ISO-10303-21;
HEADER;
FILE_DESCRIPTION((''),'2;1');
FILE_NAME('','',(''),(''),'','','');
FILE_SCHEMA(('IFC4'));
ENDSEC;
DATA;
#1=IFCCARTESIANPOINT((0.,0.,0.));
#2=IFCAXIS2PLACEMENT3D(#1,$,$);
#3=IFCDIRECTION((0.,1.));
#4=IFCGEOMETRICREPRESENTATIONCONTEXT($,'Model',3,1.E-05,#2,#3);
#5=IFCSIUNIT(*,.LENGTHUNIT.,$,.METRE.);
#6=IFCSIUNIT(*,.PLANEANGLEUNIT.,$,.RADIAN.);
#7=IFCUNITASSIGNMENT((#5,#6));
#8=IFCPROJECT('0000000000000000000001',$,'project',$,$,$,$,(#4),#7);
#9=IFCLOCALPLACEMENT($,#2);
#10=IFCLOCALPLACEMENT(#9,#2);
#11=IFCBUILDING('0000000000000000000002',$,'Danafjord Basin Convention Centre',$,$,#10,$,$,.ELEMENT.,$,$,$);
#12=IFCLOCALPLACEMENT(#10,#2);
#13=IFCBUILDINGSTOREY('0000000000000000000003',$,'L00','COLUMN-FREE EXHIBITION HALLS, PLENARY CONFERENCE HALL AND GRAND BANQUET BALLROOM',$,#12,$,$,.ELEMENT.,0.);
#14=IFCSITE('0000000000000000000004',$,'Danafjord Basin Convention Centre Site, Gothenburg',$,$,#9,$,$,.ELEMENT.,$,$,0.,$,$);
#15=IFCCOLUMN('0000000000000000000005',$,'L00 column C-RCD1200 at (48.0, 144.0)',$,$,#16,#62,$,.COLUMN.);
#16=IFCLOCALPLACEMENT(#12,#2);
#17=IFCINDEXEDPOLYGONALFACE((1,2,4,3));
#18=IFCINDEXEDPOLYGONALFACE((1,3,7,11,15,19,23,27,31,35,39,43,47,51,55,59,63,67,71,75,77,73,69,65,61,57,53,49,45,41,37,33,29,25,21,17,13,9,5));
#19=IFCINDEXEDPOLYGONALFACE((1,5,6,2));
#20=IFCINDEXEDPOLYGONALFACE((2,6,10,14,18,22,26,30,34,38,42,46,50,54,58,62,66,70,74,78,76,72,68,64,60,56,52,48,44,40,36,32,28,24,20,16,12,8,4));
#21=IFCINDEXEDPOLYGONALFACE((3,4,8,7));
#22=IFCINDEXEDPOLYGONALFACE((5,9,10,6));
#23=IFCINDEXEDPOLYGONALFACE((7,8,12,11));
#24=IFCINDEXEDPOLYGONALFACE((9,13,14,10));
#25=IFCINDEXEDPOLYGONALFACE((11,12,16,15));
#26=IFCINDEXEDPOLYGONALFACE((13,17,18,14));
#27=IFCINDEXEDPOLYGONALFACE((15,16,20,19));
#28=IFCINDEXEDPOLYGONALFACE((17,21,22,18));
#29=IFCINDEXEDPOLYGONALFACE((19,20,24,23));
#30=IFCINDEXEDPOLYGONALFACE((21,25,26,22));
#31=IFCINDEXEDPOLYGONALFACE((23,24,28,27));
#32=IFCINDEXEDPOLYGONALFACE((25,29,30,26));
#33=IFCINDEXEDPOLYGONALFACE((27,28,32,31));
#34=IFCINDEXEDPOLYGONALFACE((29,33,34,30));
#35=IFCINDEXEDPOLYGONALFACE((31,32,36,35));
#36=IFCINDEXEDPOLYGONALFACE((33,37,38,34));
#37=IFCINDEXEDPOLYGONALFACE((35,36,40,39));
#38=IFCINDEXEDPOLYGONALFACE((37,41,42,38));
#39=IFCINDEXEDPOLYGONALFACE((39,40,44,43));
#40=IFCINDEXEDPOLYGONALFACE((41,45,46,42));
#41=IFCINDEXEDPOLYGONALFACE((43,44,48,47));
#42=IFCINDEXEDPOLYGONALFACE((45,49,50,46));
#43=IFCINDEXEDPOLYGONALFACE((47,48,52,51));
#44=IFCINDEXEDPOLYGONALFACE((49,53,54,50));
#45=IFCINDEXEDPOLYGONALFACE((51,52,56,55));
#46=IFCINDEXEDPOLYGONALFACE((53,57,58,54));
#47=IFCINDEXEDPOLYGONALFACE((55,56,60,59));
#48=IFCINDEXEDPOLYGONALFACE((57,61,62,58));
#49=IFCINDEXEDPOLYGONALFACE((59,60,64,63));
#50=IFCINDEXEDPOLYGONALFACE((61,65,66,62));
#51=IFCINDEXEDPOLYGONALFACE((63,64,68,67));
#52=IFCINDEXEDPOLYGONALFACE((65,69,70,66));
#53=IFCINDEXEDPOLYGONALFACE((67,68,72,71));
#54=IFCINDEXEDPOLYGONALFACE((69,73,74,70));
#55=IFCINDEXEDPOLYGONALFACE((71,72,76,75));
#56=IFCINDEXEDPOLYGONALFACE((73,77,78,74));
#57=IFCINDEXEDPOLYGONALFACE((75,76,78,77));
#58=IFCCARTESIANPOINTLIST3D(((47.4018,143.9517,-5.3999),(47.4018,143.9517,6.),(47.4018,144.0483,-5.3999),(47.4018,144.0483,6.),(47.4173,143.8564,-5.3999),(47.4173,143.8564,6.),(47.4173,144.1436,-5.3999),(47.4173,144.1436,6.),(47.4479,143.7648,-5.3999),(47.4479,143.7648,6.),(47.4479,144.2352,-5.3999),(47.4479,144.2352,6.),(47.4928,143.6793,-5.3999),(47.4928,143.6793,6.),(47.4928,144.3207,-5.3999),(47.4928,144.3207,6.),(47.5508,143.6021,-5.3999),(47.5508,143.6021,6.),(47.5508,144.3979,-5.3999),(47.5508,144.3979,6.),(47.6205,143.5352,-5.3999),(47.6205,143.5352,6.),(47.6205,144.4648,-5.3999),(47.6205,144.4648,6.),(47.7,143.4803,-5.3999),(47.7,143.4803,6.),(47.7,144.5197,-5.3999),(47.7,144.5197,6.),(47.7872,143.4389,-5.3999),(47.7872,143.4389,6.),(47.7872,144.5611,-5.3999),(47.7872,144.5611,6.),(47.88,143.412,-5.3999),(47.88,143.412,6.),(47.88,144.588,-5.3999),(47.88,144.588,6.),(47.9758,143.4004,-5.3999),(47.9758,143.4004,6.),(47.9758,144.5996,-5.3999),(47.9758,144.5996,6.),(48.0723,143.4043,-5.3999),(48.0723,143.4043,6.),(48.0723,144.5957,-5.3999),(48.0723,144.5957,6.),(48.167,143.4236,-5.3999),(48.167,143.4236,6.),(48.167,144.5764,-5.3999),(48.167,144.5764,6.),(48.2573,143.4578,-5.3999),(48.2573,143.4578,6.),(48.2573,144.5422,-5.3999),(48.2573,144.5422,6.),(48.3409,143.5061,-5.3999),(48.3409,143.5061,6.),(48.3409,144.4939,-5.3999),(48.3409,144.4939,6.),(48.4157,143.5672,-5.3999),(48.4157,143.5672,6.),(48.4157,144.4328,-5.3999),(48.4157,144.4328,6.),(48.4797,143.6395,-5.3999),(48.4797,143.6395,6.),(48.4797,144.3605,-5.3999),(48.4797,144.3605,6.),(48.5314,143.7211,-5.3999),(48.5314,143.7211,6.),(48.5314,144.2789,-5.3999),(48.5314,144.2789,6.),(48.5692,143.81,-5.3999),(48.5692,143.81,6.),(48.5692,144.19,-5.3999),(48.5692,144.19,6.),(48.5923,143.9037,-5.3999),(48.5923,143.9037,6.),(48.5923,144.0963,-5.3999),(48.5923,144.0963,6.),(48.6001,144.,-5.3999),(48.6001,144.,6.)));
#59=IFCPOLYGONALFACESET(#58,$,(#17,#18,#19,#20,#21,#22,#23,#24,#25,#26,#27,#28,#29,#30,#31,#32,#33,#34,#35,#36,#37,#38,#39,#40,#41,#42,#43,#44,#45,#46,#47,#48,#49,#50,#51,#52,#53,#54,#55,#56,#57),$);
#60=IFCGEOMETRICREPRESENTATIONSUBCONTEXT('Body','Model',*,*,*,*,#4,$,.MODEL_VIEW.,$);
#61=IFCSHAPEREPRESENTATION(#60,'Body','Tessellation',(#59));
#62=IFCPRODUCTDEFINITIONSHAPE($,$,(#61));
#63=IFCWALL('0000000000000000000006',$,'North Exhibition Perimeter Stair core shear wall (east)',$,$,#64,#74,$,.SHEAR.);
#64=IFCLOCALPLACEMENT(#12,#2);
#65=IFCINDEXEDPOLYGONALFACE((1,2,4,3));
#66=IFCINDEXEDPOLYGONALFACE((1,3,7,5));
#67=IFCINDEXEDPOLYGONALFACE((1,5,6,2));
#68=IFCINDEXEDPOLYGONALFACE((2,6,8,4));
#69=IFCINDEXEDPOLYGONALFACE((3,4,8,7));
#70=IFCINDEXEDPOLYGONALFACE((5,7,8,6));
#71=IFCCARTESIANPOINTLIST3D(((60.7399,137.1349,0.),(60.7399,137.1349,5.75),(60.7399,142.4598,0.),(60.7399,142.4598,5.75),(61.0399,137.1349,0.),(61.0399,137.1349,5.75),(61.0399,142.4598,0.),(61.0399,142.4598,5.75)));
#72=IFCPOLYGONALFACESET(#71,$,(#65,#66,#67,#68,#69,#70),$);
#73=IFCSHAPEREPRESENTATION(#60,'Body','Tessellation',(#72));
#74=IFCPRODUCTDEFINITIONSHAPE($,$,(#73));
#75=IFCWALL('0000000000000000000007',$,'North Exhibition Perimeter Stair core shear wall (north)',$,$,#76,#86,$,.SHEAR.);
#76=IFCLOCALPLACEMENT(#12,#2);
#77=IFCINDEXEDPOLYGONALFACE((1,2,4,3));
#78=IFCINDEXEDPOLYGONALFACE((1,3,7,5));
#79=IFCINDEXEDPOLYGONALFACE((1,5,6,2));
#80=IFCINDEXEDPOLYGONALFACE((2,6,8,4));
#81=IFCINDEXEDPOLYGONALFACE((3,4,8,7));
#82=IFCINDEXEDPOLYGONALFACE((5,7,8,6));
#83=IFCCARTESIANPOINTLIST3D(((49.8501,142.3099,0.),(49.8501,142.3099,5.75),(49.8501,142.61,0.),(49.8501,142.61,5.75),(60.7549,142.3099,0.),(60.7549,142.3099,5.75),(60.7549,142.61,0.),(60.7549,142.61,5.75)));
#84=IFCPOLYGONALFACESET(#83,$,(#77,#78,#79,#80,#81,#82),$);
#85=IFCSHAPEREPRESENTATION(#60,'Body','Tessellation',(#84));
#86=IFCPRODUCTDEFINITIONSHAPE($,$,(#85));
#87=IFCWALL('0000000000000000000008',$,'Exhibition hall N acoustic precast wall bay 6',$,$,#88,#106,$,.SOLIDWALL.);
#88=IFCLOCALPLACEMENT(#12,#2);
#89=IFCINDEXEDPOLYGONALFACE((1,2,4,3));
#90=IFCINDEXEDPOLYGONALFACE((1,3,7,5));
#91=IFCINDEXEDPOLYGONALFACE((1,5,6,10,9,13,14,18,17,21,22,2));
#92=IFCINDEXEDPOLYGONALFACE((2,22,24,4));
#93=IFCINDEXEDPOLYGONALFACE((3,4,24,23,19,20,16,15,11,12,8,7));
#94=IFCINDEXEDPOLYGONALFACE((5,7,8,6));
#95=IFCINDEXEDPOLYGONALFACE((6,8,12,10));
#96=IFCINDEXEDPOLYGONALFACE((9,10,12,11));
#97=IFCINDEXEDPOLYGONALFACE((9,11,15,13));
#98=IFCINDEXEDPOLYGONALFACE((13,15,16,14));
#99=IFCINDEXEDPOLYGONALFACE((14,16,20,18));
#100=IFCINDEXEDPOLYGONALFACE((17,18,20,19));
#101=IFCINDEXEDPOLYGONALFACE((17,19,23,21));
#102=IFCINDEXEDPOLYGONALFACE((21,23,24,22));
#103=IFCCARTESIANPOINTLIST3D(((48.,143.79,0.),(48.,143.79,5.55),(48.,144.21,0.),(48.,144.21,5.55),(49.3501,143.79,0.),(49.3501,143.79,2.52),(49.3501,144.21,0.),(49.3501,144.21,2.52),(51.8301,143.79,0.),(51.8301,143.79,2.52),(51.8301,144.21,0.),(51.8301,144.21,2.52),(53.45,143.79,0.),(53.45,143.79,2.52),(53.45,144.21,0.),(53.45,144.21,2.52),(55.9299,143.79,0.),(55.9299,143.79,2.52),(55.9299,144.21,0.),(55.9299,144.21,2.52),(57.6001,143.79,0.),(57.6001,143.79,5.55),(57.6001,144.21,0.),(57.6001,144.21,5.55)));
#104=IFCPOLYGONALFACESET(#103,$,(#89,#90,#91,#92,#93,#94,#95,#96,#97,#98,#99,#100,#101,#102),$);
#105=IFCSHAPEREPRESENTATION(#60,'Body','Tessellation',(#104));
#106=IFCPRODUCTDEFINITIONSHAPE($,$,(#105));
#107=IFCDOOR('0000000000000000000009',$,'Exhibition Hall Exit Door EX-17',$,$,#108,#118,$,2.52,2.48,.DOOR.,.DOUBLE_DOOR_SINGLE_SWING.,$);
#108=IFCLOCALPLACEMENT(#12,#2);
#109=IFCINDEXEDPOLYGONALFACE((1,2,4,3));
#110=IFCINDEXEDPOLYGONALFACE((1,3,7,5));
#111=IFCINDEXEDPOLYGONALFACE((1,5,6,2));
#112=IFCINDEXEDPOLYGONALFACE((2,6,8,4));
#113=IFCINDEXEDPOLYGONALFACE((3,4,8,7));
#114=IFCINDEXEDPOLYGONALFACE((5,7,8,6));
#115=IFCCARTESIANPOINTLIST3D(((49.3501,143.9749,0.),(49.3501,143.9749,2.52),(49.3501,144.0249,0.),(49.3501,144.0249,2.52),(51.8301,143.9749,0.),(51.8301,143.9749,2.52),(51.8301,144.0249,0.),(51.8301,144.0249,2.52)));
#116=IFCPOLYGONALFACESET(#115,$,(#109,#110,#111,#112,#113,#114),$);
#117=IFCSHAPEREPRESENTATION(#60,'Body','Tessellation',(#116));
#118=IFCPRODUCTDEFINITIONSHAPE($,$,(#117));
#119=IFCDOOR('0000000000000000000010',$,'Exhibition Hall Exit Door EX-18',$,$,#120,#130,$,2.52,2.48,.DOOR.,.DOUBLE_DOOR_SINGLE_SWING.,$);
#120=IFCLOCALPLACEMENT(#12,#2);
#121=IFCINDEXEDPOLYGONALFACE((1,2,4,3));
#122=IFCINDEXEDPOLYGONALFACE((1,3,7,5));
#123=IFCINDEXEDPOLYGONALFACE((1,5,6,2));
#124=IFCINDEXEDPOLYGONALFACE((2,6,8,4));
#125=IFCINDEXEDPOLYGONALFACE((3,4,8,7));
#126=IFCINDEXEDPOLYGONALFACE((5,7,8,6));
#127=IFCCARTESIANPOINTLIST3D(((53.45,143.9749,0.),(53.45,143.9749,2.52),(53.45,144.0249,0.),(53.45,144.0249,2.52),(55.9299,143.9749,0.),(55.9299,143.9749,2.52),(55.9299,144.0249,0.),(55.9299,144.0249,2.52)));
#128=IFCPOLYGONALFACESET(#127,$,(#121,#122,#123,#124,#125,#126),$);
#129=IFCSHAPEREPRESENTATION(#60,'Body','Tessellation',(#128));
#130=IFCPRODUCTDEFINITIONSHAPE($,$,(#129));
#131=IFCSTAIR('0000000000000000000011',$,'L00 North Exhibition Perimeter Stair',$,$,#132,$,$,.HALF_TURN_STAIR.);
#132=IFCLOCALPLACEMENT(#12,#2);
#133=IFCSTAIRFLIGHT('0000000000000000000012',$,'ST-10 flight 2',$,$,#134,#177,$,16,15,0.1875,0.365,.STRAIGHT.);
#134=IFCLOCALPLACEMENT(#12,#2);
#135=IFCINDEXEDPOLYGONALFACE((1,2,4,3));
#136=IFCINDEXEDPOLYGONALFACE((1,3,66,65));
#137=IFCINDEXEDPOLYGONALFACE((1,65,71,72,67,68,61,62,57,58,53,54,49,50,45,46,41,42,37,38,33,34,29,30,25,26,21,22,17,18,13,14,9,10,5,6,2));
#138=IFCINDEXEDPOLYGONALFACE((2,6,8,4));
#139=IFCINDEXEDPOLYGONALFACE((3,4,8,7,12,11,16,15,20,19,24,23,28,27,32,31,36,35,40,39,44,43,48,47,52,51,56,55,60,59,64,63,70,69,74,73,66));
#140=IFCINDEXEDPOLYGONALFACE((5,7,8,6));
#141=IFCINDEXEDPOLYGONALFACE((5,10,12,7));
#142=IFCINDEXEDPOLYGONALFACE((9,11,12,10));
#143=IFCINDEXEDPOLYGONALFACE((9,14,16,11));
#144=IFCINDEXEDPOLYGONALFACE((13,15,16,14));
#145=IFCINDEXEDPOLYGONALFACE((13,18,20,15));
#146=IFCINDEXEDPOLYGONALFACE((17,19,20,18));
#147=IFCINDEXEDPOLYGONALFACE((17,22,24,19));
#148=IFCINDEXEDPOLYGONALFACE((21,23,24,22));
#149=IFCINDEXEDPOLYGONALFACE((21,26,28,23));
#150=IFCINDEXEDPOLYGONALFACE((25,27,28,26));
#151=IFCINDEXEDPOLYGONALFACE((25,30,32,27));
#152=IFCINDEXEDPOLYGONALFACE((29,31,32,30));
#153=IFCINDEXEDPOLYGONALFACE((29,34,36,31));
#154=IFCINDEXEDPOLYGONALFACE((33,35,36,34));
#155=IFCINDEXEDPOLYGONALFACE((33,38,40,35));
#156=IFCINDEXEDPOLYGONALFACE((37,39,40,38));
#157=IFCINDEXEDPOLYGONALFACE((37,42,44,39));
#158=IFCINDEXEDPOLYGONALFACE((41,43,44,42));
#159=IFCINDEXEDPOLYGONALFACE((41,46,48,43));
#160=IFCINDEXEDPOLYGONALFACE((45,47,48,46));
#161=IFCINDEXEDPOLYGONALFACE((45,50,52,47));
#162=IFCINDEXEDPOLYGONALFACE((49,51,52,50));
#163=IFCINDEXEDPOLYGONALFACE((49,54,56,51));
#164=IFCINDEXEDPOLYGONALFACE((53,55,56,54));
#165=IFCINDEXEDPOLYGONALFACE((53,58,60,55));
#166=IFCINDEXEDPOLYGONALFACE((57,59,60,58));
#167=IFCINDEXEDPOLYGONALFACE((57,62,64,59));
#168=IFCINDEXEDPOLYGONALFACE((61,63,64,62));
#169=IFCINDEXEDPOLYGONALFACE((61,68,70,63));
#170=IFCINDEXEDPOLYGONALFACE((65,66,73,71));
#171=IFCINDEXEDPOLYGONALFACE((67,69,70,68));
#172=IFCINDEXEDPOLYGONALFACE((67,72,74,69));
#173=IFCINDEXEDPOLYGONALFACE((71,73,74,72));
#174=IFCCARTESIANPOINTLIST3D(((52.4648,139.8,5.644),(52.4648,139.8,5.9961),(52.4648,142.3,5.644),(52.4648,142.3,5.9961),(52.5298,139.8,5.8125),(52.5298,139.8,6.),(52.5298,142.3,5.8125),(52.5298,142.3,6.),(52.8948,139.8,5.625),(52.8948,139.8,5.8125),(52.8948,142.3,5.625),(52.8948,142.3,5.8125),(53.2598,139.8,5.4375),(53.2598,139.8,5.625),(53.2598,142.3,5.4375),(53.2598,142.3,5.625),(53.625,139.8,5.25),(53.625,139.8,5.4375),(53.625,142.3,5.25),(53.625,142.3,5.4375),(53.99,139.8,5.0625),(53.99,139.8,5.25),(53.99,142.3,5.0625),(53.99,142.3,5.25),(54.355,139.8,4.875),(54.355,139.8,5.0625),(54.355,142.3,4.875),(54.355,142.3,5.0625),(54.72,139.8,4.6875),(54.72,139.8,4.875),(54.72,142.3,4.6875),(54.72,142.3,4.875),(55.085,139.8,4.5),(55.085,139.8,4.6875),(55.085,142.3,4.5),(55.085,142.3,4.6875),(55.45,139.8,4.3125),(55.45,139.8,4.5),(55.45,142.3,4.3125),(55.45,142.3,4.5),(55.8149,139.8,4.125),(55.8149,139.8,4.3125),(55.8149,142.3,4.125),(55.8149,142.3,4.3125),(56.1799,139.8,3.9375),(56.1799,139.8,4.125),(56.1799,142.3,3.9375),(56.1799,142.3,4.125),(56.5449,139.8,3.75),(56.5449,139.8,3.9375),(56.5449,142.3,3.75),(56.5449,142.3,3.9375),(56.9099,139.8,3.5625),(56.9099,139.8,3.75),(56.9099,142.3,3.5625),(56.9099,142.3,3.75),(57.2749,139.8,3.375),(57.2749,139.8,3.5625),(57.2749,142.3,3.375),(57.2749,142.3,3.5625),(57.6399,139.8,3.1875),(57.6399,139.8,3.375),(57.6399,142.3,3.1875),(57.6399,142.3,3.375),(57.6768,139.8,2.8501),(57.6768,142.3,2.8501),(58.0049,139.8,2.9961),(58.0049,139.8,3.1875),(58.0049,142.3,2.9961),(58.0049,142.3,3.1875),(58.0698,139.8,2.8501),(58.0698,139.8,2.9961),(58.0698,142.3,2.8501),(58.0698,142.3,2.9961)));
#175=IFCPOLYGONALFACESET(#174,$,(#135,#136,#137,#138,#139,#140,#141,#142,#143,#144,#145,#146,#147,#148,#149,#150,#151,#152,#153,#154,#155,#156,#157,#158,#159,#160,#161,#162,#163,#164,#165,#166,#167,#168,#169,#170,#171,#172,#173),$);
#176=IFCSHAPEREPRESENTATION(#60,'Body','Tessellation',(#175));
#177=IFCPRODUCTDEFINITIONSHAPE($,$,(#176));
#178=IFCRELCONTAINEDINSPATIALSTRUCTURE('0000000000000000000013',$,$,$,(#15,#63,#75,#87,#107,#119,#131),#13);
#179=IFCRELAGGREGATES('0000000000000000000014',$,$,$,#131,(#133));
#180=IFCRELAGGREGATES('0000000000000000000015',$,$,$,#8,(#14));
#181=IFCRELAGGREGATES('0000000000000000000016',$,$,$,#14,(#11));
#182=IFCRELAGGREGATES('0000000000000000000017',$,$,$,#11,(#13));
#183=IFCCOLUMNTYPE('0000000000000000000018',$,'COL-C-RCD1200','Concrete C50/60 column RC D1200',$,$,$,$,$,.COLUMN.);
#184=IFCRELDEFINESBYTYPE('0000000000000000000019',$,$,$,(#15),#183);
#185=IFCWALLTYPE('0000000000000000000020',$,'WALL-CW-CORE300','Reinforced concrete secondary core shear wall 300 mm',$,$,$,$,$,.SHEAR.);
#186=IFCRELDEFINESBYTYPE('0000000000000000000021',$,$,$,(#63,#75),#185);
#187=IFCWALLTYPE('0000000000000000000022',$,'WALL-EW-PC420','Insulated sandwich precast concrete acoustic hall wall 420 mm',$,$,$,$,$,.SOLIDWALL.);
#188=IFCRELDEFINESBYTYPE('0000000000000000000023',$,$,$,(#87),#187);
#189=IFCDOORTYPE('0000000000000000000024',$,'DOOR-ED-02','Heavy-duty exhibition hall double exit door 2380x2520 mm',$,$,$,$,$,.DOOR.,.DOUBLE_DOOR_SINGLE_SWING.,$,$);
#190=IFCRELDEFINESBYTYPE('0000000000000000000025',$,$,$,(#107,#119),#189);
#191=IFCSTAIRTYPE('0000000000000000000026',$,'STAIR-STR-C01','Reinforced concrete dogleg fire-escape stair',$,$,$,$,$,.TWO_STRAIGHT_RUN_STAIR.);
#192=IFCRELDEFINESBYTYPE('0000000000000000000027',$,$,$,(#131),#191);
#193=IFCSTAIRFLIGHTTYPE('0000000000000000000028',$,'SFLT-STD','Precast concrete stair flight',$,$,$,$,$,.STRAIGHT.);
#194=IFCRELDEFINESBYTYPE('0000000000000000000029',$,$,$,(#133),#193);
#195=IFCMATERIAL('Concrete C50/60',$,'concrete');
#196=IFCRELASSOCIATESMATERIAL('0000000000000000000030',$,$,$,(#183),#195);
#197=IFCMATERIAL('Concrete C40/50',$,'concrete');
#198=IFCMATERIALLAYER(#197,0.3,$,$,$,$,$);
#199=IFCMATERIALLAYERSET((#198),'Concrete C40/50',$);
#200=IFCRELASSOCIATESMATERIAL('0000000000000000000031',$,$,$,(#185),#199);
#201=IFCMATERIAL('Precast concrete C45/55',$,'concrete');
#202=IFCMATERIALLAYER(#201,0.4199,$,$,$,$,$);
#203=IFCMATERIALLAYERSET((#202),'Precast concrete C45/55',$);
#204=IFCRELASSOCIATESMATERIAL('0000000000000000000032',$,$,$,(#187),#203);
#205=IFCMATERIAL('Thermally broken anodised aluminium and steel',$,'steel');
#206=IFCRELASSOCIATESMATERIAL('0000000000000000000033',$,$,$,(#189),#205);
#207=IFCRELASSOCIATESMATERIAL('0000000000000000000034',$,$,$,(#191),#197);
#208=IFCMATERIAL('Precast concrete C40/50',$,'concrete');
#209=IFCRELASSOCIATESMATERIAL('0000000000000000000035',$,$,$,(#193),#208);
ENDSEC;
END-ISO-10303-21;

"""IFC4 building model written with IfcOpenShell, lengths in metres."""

from ifc_helpers import new_model, si_unit, direction, frame, frame_2d, origin, origin_2d, place, context, subcontext, project, spatial, polyline, rectangle, circle, outline, extrude, material, layer, layer_set, material_profile, profile_set, type_object, element, fill, aggregate, save


model = new_model("IFC4")

# Units and contexts
model_context = context("Model", 3, precision=1e-05, world=origin(), true_north=direction((0.0, 1.0)))
body_context = subcontext(model_context, "Body", "Model", "MODEL_VIEW")
ifc_project = project(units=[si_unit("LENGTHUNIT", "METRE"), si_unit("PLANEANGLEUNIT", "RADIAN")], contexts=[model_context])

# Site, building, storey
site_placement = place(None, origin())
site = spatial("IfcSite", under=ifc_project, at=site_placement, Name="Danafjord Basin Convention Centre Site, Gothenburg", CompositionType="ELEMENT", RefElevation=0.0)
building_placement = place(site_placement, origin())
building = spatial("IfcBuilding", under=site, at=building_placement, Name="Danafjord Basin Convention Centre", CompositionType="ELEMENT")
storey_placement = place(building_placement, origin())
storey = spatial("IfcBuildingStorey", under=building, at=storey_placement, Name="L00", Description="COLUMN-FREE EXHIBITION HALLS, PLENARY CONFERENCE HALL AND GRAND BANQUET BALLROOM", CompositionType="ELEMENT", Elevation=0.0)

# Shared definitions
ifc_material_1 = material(Name="Concrete C40/50", Category="concrete")

# Column
ifc_material_2 = material(Name="Concrete C50/60", Category="concrete")
ifc_material_profile_1 = material_profile(ifc_material_2, circle(Radius=0.6001, at=origin_2d()), Name="RC D1200")
ifc_profile_set_1 = profile_set([ifc_material_profile_1], Name="Concrete C50/60")
column_type = type_object("IfcColumnType", Name="COL-C-RCD1200", Description="Concrete C50/60 column RC D1200", PredefinedType="COLUMN", material=ifc_profile_set_1)
column_placement = place(storey_placement, frame((48.0, 144.0, -5.3999), z_axis=(0.0, 0.0, 1.0), x_axis=(1.0, 0.0, 0.0)))
element("IfcColumn", 1, at=column_placement, inside=storey, type_object=column_type, Name="L00 column C-RCD1200 at (48.0, 144.0)", PredefinedType="COLUMN", context=body_context, shape_type="SweptSolid", body=[
    extrude(circle(Radius=0.6001, at=origin_2d()), origin(), (0.0, 0.0, 1.0), 11.3999),
])

# Walls
ifc_layer_1 = layer(ifc_material_1, 0.3)
ifc_layer_set_1 = layer_set([ifc_layer_1], Name="Concrete C40/50")
wall_type_1 = type_object("IfcWallType", Name="WALL-CW-CORE300", Description="Reinforced concrete secondary core shear wall 300 mm", PredefinedType="SHEAR", material=ifc_layer_set_1)
wall_1_placement = place(storey_placement, frame((60.8899, 142.46, 0.0), z_axis=(0.0, 0.0, 1.0), x_axis=(0.0, -1.0, 0.0)))
element("IfcWall", 2, at=wall_1_placement, inside=storey, type_object=wall_type_1, Name="North Exhibition Perimeter Stair core shear wall (east)", PredefinedType="SHEAR", context=body_context, shape_type="SweptSolid", body=[
    extrude(rectangle(XDim=5.325, YDim=0.3, at=frame_2d((2.6626, 0.0))), origin(), (0.0, 0.0, 1.0), 5.75),
])
wall_2_placement = place(storey_placement, frame((49.8501, 142.46, 0.0), z_axis=(0.0, 0.0, 1.0), x_axis=(1.0, 0.0, 0.0)))
element("IfcWall", 3, at=wall_2_placement, inside=storey, type_object=wall_type_1, Name="North Exhibition Perimeter Stair core shear wall (north)", PredefinedType="SHEAR", context=body_context, shape_type="SweptSolid", body=[
    extrude(rectangle(XDim=10.9048, YDim=0.3, at=frame_2d((5.4524, 0.0))), origin(), (0.0, 0.0, 1.0), 5.75),
])

# Wall, openings, doors
ifc_material_3 = material(Name="Precast concrete C45/55", Category="concrete")
ifc_layer_2 = layer(ifc_material_3, 0.4199)
ifc_layer_set_2 = layer_set([ifc_layer_2], Name="Precast concrete C45/55")
wall_type_2 = type_object("IfcWallType", Name="WALL-EW-PC420", Description="Insulated sandwich precast concrete acoustic hall wall 420 mm", PredefinedType="SOLIDWALL", material=ifc_layer_set_2)
wall_3_placement = place(storey_placement, frame((48.0, 144.0, 0.0), z_axis=(0.0, 0.0, 1.0), x_axis=(1.0, 0.0, 0.0)))
wall_3 = element("IfcWall", 4, at=wall_3_placement, inside=storey, type_object=wall_type_2, Name="Exhibition hall N acoustic precast wall bay 6", PredefinedType="SOLIDWALL", context=body_context, shape_type="SweptSolid", body=[
    extrude(rectangle(XDim=9.6001, YDim=0.4199, at=frame_2d((4.8, 0.0))), origin(), (0.0, 0.0, 1.0), 5.55),
])
opening_1_placement = place(wall_3_placement, frame((1.3501, 0.0, 0.0)))
opening_1 = element("IfcOpeningElement", 5, at=opening_1_placement, cuts=wall_3, PredefinedType="OPENING", context=body_context, shape_type="SweptSolid", body=[
    extrude(rectangle(XDim=2.48, YDim=2.52, at=frame_2d((1.24, 1.26))), frame((0.0, 0.22, 0.0), z_axis=(0.0, -1.0, 0.0), x_axis=(1.0, 0.0, 0.0)), (0.0, 0.0, 1.0), 0.4399),
])
opening_2_placement = place(wall_3_placement, frame((5.45, 0.0, 0.0)))
opening_2 = element("IfcOpeningElement", 6, at=opening_2_placement, cuts=wall_3, PredefinedType="OPENING", context=body_context, shape_type="SweptSolid", body=[
    extrude(rectangle(XDim=2.48, YDim=2.52, at=frame_2d((1.24, 1.26))), frame((0.0, 0.22, 0.0), z_axis=(0.0, -1.0, 0.0), x_axis=(1.0, 0.0, 0.0)), (0.0, 0.0, 1.0), 0.4399),
])
ifc_material_4 = material(Name="Thermally broken anodised aluminium and steel", Category="steel")
door_type = type_object("IfcDoorType", Name="DOOR-ED-02", Description="Heavy-duty exhibition hall double exit door 2380x2520 mm", OperationType="DOUBLE_DOOR_SINGLE_SWING", PredefinedType="DOOR", material=ifc_material_4)
door_1_placement = place(opening_1_placement, origin())
door_1 = element("IfcDoor", 7, at=door_1_placement, inside=storey, type_object=door_type, Name="Exhibition Hall Exit Door EX-17", OperationType="DOUBLE_DOOR_SINGLE_SWING", OverallHeight=2.52, OverallWidth=2.48, PredefinedType="DOOR", context=body_context, shape_type="SweptSolid", body=[
    extrude(rectangle(XDim=2.48, YDim=2.52, at=frame_2d((1.24, 1.26))), frame((0.0, 0.0249, 0.0), z_axis=(0.0, -1.0, 0.0), x_axis=(1.0, 0.0, 0.0)), (0.0, 0.0, 1.0), 0.05),
])
fill(opening_1, door_1)
door_2_placement = place(opening_2_placement, origin())
door_2 = element("IfcDoor", 8, at=door_2_placement, inside=storey, type_object=door_type, Name="Exhibition Hall Exit Door EX-18", OperationType="DOUBLE_DOOR_SINGLE_SWING", OverallHeight=2.52, OverallWidth=2.48, PredefinedType="DOOR", context=body_context, shape_type="SweptSolid", body=[
    extrude(rectangle(XDim=2.48, YDim=2.52, at=frame_2d((1.24, 1.26))), frame((0.0, 0.0249, 0.0), z_axis=(0.0, -1.0, 0.0), x_axis=(1.0, 0.0, 0.0)), (0.0, 0.0, 1.0), 0.05),
])
fill(opening_2, door_2)

# Stair, stair flight
stair_type = type_object("IfcStairType", Name="STAIR-STR-C01", Description="Reinforced concrete dogleg fire-escape stair", PredefinedType="TWO_STRAIGHT_RUN_STAIR", material=ifc_material_1)
stair_placement = place(storey_placement, origin())
stair = element("IfcStair", 9, at=stair_placement, inside=storey, type_object=stair_type, Name="L00 North Exhibition Perimeter Stair", PredefinedType="HALF_TURN_STAIR")
ifc_material_5 = material(Name="Precast concrete C40/50", Category="concrete")
stair_flight_type = type_object("IfcStairFlightType", Name="SFLT-STD", Description="Precast concrete stair flight", PredefinedType="STRAIGHT", material=ifc_material_5)
stair_flight_placement = place(storey_placement, frame((58.0049, 141.05, 3.0), z_axis=(0.0, 0.0, 1.0), x_axis=(-1.0, 0.0, 0.0)))
stair_flight = element("IfcStairFlight", 10, at=stair_flight_placement, type_object=stair_flight_type, Name="ST-10 flight 2", NumberOfRisers=16, NumberOfTreads=15, PredefinedType="STRAIGHT", RiserHeight=0.1875, TreadLength=0.365, context=body_context, shape_type="SweptSolid", body=[
    extrude(outline(polyline([(-0.0649, -0.1499), (-0.0649, -0.0039), (0.0, -0.0039), (0.0, 0.1875), (0.365, 0.1875), (0.365, 0.375), (0.73, 0.375), (0.73, 0.5625), (1.095, 0.5625), (1.095, 0.75), (1.46, 0.75), (1.46, 0.9375), (1.825, 0.9375), (1.825, 1.125), (2.1899, 1.125), (2.1899, 1.3125), (2.5549, 1.3125), (2.5549, 1.5), (2.9199, 1.5), (2.9199, 1.6875), (3.2849, 1.6875), (3.2849, 1.875), (3.6499, 1.875), (3.6499, 2.0625), (4.0149, 2.0625), (4.0149, 2.25), (4.3799, 2.25), (4.3799, 2.4375), (4.7451, 2.4375), (4.7451, 2.625), (5.1101, 2.625), (5.1101, 2.8125), (5.4751, 2.8125), (5.4751, 3.0), (5.54, 2.9961), (5.54, 2.644), (0.3281, -0.1499), (-0.0649, -0.1499)])), frame((0.0, 1.25, 0.0), z_axis=(0.0, -1.0, 0.0), x_axis=(1.0, 0.0, 0.0)), (0.0, 0.0, 1.0), 2.5),
])
aggregate(stair, [stair_flight])

save(model, "model.ifc")
